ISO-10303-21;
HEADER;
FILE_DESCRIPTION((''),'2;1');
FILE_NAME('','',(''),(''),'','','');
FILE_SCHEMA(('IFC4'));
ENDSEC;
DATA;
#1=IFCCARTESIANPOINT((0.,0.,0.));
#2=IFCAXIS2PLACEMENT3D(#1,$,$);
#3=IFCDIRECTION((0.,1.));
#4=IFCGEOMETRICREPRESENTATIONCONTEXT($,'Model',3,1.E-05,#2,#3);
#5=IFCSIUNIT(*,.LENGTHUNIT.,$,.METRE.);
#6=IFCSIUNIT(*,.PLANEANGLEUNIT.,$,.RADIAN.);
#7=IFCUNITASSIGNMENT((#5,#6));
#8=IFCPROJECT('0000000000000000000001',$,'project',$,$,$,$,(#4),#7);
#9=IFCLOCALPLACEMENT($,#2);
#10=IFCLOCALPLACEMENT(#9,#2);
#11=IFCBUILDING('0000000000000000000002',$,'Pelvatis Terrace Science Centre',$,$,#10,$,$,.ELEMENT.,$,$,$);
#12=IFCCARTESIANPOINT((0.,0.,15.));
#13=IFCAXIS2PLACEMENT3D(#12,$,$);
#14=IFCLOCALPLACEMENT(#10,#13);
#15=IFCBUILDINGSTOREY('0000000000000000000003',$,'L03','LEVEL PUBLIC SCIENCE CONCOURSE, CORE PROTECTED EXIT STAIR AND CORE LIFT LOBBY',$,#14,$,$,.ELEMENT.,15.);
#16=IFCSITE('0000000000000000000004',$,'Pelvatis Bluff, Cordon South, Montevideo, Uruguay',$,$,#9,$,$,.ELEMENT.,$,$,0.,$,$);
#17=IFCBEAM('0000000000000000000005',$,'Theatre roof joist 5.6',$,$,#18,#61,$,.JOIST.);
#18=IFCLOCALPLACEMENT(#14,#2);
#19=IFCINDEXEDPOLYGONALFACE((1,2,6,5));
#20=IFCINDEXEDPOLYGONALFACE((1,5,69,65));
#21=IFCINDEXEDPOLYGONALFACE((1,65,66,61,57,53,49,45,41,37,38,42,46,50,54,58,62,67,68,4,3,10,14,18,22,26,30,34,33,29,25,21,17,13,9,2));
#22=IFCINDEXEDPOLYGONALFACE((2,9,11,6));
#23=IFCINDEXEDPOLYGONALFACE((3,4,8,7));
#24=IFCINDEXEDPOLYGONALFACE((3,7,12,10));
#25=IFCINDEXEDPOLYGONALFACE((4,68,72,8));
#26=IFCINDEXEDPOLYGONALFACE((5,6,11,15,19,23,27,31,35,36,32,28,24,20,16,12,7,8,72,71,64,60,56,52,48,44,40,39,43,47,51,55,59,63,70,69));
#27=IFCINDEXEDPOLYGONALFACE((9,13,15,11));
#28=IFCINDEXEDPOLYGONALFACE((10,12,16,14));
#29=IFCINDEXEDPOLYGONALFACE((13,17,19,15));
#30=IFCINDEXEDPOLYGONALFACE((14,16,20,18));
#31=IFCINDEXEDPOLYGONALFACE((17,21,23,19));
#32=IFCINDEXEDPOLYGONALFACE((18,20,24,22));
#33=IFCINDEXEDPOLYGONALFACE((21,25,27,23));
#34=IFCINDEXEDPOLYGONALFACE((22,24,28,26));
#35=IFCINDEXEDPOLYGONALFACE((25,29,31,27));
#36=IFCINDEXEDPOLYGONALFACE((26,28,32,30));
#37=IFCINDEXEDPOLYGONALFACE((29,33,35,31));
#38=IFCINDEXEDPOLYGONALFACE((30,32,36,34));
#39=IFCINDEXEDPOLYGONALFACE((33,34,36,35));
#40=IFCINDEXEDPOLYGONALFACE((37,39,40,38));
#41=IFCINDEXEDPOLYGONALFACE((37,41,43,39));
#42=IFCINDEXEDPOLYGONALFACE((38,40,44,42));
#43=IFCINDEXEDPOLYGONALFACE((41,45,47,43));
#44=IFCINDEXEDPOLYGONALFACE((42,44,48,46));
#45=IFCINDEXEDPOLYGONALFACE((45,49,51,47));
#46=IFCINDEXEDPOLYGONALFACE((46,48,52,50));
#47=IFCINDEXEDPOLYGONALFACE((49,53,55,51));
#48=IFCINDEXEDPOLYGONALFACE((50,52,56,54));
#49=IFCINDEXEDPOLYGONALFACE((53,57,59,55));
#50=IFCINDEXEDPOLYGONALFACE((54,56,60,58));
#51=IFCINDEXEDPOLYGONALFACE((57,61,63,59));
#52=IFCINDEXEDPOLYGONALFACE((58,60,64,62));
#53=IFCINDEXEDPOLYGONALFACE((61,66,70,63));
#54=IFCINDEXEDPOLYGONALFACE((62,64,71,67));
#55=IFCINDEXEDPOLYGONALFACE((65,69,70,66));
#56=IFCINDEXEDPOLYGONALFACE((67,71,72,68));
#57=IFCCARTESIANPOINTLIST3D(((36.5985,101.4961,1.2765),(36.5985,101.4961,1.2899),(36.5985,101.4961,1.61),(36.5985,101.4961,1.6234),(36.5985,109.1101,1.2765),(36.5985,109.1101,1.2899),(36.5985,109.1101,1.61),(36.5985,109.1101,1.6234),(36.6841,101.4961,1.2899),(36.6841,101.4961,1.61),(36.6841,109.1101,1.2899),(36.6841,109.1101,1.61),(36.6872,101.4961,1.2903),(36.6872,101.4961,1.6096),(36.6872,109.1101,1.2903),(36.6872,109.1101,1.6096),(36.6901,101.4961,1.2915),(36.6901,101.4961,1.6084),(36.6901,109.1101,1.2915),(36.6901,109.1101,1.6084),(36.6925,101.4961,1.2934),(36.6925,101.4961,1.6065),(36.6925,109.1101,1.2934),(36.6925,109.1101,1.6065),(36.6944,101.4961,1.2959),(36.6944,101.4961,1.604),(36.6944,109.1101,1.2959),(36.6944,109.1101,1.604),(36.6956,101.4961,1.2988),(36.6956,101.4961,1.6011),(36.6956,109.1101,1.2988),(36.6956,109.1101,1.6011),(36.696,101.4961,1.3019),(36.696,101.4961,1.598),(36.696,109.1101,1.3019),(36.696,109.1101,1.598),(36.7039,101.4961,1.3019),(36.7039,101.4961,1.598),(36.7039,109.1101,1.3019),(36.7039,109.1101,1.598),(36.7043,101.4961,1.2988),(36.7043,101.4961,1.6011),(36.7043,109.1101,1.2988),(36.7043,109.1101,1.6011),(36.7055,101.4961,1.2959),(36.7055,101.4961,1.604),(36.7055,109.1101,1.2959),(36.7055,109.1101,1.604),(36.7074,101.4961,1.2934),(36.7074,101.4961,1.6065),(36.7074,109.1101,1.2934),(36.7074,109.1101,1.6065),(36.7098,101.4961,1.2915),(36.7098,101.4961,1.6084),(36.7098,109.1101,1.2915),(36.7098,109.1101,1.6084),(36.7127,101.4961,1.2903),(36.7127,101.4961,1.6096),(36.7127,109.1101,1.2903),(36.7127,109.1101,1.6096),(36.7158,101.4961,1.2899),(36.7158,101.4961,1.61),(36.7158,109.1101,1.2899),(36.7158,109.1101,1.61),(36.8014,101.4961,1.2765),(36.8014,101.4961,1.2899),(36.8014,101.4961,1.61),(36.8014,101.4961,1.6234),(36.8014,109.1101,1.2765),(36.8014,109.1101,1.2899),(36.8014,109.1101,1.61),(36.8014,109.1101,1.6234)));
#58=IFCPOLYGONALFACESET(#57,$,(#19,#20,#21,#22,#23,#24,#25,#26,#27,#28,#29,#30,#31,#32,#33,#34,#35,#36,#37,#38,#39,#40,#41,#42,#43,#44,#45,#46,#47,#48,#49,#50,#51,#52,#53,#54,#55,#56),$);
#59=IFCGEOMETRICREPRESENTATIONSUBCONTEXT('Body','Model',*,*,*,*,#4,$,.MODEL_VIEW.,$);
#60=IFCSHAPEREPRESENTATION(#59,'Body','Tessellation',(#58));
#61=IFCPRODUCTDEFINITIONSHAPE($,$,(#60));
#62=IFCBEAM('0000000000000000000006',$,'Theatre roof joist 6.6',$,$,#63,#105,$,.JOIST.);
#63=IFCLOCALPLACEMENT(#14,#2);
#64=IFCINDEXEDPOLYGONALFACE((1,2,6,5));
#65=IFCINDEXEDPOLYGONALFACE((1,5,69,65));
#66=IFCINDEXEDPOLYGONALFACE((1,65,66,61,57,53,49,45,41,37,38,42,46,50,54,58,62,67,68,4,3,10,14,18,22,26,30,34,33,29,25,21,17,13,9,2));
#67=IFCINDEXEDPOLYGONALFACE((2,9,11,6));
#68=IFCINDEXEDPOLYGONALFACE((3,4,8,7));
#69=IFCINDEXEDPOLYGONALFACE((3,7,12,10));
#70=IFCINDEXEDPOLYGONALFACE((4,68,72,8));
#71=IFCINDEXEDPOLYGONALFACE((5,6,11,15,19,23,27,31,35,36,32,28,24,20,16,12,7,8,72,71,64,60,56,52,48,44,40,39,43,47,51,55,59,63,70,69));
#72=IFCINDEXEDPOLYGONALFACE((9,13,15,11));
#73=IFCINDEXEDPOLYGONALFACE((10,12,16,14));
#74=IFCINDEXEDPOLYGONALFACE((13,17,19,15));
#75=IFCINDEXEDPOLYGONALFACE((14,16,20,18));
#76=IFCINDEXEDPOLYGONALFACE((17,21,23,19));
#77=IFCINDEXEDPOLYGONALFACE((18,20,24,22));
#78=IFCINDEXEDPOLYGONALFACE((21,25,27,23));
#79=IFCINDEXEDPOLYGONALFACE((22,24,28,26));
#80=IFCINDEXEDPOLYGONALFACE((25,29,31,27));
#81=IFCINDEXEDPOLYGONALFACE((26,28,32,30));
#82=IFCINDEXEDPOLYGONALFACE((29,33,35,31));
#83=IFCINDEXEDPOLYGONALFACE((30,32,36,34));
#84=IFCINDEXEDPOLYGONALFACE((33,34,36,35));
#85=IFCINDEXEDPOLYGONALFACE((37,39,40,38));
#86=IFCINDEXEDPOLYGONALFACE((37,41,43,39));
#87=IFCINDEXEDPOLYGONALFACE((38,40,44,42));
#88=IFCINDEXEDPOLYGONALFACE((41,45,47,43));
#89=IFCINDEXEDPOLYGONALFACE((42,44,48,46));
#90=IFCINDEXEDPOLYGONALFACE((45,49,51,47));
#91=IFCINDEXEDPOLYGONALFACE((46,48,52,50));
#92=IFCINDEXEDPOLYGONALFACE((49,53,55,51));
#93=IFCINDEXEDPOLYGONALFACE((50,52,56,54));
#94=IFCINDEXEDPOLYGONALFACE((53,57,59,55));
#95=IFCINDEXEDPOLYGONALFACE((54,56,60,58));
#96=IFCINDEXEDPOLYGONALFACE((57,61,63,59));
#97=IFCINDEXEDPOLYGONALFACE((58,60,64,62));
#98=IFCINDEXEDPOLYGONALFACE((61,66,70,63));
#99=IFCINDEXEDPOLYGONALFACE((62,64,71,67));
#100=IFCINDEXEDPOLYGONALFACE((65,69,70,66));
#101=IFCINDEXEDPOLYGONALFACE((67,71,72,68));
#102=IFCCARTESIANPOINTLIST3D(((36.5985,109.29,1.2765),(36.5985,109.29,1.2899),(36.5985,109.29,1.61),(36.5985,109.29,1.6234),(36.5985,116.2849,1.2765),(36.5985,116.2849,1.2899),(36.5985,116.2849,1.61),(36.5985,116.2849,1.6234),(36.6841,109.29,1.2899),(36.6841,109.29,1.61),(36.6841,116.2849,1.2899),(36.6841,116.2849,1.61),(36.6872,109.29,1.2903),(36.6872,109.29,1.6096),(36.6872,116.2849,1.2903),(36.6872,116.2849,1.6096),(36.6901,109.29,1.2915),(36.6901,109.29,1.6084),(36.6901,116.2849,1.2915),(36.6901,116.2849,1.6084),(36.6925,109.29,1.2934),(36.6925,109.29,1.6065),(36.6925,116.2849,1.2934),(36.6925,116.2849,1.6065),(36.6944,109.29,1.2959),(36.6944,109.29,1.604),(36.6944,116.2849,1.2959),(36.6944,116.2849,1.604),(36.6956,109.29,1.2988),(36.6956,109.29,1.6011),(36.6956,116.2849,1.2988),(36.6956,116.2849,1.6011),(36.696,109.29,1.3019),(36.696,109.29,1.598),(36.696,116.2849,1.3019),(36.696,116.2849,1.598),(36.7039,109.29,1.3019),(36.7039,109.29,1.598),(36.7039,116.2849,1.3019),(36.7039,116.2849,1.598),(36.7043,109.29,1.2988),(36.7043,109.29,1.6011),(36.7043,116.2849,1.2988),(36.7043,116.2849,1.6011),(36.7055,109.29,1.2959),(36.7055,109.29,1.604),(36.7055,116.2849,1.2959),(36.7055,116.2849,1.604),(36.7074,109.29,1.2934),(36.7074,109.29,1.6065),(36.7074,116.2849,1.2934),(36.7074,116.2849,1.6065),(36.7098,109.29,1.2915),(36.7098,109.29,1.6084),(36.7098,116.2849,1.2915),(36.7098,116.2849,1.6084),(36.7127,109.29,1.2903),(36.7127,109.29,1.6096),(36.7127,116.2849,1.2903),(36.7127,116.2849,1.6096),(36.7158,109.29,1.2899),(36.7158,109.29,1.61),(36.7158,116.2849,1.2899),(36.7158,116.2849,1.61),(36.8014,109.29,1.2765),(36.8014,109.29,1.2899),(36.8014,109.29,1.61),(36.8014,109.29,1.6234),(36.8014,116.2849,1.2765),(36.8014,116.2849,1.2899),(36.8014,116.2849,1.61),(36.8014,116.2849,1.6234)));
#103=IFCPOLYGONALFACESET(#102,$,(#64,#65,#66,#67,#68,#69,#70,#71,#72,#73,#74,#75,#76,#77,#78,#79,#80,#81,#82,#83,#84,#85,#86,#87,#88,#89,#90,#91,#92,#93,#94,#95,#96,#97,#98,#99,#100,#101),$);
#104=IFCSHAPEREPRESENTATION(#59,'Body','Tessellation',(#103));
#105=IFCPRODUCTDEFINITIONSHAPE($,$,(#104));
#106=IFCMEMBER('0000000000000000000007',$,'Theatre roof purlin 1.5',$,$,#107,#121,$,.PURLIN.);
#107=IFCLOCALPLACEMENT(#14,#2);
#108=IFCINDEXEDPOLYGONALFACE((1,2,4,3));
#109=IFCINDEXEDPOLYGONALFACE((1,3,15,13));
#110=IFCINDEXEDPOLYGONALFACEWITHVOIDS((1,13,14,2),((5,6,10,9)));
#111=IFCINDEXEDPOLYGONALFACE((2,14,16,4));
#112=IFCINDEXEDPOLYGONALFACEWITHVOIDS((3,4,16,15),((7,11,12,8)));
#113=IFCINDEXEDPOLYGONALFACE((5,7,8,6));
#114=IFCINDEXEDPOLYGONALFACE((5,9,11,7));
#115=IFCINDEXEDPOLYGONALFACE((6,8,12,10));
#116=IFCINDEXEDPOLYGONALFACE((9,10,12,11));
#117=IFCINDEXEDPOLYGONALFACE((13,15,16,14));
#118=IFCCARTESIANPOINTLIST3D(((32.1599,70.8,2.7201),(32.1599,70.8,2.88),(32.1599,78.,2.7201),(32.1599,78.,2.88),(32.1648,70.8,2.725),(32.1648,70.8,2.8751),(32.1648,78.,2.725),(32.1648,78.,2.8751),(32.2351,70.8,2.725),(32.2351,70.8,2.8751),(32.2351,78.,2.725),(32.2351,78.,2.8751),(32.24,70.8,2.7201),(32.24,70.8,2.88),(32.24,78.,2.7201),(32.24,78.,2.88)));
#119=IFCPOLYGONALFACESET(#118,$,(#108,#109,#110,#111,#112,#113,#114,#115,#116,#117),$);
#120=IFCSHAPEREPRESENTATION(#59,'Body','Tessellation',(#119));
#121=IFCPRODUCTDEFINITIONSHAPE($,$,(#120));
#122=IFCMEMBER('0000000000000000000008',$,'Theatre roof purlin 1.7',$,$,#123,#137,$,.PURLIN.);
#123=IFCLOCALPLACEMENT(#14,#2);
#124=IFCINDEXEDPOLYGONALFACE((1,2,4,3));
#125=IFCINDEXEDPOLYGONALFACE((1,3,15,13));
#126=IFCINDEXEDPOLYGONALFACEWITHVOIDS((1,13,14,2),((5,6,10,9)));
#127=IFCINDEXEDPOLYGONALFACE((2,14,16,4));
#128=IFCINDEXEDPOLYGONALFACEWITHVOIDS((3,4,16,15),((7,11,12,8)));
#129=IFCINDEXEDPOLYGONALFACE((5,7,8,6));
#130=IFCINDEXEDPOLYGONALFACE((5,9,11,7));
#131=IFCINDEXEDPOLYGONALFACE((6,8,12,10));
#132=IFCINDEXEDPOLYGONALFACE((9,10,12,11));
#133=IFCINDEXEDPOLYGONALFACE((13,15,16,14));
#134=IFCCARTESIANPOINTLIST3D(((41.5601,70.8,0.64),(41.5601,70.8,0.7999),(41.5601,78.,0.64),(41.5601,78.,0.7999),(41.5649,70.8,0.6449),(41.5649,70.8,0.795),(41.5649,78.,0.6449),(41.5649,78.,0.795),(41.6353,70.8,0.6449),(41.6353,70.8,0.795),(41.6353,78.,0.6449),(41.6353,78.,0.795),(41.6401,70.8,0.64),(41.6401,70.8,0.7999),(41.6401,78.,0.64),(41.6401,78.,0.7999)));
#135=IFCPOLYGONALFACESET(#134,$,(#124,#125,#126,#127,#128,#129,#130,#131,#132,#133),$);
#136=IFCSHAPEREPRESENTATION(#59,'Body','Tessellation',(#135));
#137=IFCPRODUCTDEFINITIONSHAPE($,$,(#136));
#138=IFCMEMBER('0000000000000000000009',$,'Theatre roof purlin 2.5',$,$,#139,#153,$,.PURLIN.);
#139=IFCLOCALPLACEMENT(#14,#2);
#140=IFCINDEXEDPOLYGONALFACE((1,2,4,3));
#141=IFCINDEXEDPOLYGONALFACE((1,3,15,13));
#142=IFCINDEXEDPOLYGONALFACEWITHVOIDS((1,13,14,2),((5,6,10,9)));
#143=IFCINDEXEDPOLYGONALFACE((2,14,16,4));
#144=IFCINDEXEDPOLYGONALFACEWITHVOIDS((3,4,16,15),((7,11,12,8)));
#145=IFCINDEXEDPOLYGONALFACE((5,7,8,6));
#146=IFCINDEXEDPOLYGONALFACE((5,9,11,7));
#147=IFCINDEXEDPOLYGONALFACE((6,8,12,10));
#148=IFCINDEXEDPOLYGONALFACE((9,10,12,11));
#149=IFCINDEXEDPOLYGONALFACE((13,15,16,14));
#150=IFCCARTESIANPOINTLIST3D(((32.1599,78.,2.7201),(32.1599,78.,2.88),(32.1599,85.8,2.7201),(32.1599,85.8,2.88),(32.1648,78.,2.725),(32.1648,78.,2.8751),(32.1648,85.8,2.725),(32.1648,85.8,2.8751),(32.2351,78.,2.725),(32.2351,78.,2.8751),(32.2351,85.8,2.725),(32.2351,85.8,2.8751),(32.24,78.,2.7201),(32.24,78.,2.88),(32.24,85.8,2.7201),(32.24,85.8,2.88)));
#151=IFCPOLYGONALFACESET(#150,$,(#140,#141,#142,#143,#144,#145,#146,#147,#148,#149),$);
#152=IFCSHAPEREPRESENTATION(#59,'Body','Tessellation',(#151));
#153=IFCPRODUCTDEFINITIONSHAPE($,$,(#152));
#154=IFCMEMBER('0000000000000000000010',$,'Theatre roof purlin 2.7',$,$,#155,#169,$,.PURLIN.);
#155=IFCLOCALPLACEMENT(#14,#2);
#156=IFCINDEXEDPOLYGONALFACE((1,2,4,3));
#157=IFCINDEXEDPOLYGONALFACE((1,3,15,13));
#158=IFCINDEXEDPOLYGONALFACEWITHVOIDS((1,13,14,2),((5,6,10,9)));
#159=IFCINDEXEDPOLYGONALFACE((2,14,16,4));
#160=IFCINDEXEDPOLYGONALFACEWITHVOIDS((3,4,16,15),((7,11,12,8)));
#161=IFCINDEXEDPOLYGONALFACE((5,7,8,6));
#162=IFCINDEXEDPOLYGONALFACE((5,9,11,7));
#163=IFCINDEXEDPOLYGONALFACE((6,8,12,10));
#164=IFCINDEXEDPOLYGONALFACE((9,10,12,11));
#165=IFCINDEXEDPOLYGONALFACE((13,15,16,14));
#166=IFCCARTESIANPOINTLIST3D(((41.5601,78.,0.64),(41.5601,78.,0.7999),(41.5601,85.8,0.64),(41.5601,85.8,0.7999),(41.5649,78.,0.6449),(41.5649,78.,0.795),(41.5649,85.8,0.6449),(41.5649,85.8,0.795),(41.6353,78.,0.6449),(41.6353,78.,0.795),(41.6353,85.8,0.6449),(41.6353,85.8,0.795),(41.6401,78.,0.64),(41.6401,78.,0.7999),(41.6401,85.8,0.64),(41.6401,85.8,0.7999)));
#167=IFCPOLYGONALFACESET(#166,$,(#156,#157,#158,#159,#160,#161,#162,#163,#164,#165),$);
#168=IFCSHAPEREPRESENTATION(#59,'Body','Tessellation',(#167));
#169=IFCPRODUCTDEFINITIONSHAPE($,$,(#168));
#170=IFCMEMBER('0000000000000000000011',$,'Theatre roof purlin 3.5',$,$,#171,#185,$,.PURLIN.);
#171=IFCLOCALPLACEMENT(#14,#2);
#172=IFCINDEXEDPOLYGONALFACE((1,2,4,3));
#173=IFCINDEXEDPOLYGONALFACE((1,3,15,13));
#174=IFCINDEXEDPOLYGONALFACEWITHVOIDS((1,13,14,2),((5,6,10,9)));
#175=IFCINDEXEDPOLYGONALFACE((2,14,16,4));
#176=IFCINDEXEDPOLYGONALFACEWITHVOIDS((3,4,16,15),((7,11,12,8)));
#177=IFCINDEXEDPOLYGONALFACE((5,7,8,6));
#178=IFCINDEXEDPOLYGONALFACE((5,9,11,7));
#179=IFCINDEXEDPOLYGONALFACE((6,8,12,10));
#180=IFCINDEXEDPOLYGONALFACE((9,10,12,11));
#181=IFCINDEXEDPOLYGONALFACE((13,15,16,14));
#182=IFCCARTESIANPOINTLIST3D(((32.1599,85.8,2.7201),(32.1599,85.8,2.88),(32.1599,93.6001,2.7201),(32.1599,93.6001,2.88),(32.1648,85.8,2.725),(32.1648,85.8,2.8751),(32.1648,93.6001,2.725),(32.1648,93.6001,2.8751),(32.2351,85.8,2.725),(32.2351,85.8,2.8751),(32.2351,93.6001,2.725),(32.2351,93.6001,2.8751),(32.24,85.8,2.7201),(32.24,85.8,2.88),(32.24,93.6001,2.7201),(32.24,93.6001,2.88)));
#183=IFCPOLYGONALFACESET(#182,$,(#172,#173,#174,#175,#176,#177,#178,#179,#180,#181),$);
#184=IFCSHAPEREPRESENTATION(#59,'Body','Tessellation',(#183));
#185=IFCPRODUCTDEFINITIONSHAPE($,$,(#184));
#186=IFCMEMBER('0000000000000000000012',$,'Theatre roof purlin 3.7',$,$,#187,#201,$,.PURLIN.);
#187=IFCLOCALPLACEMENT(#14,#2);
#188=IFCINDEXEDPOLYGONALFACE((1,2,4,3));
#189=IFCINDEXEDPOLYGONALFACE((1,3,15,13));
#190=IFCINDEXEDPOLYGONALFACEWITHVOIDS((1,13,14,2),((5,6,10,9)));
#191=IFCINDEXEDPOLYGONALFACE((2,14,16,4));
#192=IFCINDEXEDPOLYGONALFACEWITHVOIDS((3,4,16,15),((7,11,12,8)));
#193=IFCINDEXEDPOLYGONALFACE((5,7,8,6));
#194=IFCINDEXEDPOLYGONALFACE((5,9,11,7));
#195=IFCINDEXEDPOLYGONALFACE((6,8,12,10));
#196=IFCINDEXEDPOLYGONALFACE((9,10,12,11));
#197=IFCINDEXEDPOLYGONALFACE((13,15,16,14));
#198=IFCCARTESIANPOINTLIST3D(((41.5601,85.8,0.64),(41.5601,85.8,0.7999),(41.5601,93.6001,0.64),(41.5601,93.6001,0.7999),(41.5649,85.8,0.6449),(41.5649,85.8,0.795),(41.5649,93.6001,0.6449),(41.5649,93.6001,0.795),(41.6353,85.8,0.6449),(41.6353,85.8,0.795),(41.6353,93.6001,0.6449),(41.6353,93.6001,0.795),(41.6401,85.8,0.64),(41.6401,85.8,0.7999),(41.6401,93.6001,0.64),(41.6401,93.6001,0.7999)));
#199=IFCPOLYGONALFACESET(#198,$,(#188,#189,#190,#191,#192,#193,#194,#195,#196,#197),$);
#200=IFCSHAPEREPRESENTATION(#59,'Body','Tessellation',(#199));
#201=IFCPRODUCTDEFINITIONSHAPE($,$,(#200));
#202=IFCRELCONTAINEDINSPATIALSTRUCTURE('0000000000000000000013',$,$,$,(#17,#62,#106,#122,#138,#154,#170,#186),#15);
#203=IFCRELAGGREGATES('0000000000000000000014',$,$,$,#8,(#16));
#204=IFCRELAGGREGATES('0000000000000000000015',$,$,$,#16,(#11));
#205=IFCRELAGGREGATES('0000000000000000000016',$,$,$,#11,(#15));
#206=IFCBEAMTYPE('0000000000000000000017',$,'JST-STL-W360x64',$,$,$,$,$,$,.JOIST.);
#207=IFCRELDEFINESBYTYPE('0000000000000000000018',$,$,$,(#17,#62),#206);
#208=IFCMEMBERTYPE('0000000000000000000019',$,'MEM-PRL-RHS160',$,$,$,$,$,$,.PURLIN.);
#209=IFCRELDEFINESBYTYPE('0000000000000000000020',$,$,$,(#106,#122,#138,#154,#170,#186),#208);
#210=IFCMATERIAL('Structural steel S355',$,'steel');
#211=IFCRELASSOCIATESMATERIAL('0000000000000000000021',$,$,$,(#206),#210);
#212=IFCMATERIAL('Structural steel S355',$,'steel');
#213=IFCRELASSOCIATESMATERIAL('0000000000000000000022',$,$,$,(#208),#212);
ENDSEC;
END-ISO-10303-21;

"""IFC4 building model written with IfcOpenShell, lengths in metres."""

from ifc_helpers import new_model, si_unit, direction, frame, origin, origin_2d, place, context, subcontext, project, spatial, hollow_rectangle, i_section, extrude, material, material_profile, profile_set, type_object, element, save


model = new_model("IFC4")

# Units and contexts
model_context = context("Model", 3, precision=1e-05, world=origin(), true_north=direction((0.0, 1.0)))
body_context = subcontext(model_context, "Body", "Model", "MODEL_VIEW")
ifc_project = project(units=[si_unit("LENGTHUNIT", "METRE"), si_unit("PLANEANGLEUNIT", "RADIAN")], contexts=[model_context])

# Site, building, storey
site_placement = place(None, origin())
site = spatial("IfcSite", under=ifc_project, at=site_placement, Name="Pelvatis Bluff, Cordon South, Montevideo, Uruguay", CompositionType="ELEMENT", RefElevation=0.0)
building_placement = place(site_placement, origin())
building = spatial("IfcBuilding", under=site, at=building_placement, Name="Pelvatis Terrace Science Centre", CompositionType="ELEMENT")
storey_placement = place(building_placement, frame((0.0, 0.0, 15.0)))
storey = spatial("IfcBuildingStorey", under=building, at=storey_placement, Name="L03", Description="LEVEL PUBLIC SCIENCE CONCOURSE, CORE PROTECTED EXIT STAIR AND CORE LIFT LOBBY", CompositionType="ELEMENT", Elevation=15.0)

# Beams
ifc_material_1 = material(Name="Structural steel S355", Category="steel")
ifc_material_profile_1 = material_profile(ifc_material_1, i_section(OverallWidth=0.2029, OverallDepth=0.3469, WebThickness=0.0078, FlangeThickness=0.0134, FilletRadius=0.012, at=origin_2d()), Name="W360x64")
ifc_profile_set_1 = profile_set([ifc_material_profile_1], Name="Structural steel S355")
beam_type = type_object("IfcBeamType", Name="JST-STL-W360x64", PredefinedType="JOIST", material=ifc_profile_set_1)
beam_1_placement = place(storey_placement, frame((36.7, 101.4961, 1.45), z_axis=(0.0, 1.0, 0.0), x_axis=(-1.0, 0.0, 0.0)))
element("IfcBeam", 1, at=beam_1_placement, inside=storey, type_object=beam_type, Name="Theatre roof joist 5.6", PredefinedType="JOIST", context=body_context, shape_type="SweptSolid", body=[
    extrude(i_section(OverallWidth=0.2029, OverallDepth=0.3469, WebThickness=0.0078, FlangeThickness=0.0134, FilletRadius=0.012, at=origin_2d()), origin(), (0.0, 0.0, 1.0), 7.614),
])
beam_2_placement = place(storey_placement, frame((36.7, 109.29, 1.45), z_axis=(0.0, 1.0, 0.0), x_axis=(-1.0, 0.0, 0.0)))
element("IfcBeam", 2, at=beam_2_placement, inside=storey, type_object=beam_type, Name="Theatre roof joist 6.6", PredefinedType="JOIST", context=body_context, shape_type="SweptSolid", body=[
    extrude(i_section(OverallWidth=0.2029, OverallDepth=0.3469, WebThickness=0.0078, FlangeThickness=0.0134, FilletRadius=0.012, at=origin_2d()), origin(), (0.0, 0.0, 1.0), 6.9949),
])

# Members
ifc_material_2 = material(Name="Structural steel S355", Category="steel")
ifc_material_profile_2 = material_profile(ifc_material_2, hollow_rectangle(XDim=0.0801, YDim=0.1599, WallThickness=0.0049, at=origin_2d()), Name="RHS 160x80x5.0")
ifc_profile_set_2 = profile_set([ifc_material_profile_2], Name="Structural steel S355")
member_type = type_object("IfcMemberType", Name="MEM-PRL-RHS160", PredefinedType="PURLIN", material=ifc_profile_set_2)
for number, where, z_axis, x_axis, name in (
    (3, (32.2, 70.8, 2.8), (0.0, 1.0, 0.0), (-1.0, 0.0, 0.0), "Theatre roof purlin 1.5"),
    (4, (41.6001, 70.8, 0.72), (0.0, 1.0, 0.0), (-1.0, 0.0, 0.0), "Theatre roof purlin 1.7"),
):
    element("IfcMember", number, at=place(storey_placement, frame(where, z_axis=z_axis, x_axis=x_axis)), inside=storey, type_object=member_type, Name=name, PredefinedType="PURLIN", context=body_context, shape_type="SweptSolid", body=[
        extrude(hollow_rectangle(XDim=0.0801, YDim=0.1599, WallThickness=0.0049, at=origin_2d()), origin(), (0.0, 0.0, 1.0), 7.2),
    ])
for number, where, z_axis, x_axis, name in (
    (5, (32.2, 78.0, 2.8), (0.0, 1.0, 0.0), (-1.0, 0.0, 0.0), "Theatre roof purlin 2.5"),
    (6, (41.6001, 78.0, 0.72), (0.0, 1.0, 0.0), (-1.0, 0.0, 0.0), "Theatre roof purlin 2.7"),
    (7, (32.2, 85.8, 2.8), (0.0, 1.0, 0.0), (-1.0, 0.0, 0.0), "Theatre roof purlin 3.5"),
    (8, (41.6001, 85.8, 0.72), (0.0, 1.0, 0.0), (-1.0, 0.0, 0.0), "Theatre roof purlin 3.7"),
):
    element("IfcMember", number, at=place(storey_placement, frame(where, z_axis=z_axis, x_axis=x_axis)), inside=storey, type_object=member_type, Name=name, PredefinedType="PURLIN", context=body_context, shape_type="SweptSolid", body=[
        extrude(hollow_rectangle(XDim=0.0801, YDim=0.1599, WallThickness=0.0049, at=origin_2d()), origin(), (0.0, 0.0, 1.0), 7.8),
    ])

save(model, "model.ifc")
